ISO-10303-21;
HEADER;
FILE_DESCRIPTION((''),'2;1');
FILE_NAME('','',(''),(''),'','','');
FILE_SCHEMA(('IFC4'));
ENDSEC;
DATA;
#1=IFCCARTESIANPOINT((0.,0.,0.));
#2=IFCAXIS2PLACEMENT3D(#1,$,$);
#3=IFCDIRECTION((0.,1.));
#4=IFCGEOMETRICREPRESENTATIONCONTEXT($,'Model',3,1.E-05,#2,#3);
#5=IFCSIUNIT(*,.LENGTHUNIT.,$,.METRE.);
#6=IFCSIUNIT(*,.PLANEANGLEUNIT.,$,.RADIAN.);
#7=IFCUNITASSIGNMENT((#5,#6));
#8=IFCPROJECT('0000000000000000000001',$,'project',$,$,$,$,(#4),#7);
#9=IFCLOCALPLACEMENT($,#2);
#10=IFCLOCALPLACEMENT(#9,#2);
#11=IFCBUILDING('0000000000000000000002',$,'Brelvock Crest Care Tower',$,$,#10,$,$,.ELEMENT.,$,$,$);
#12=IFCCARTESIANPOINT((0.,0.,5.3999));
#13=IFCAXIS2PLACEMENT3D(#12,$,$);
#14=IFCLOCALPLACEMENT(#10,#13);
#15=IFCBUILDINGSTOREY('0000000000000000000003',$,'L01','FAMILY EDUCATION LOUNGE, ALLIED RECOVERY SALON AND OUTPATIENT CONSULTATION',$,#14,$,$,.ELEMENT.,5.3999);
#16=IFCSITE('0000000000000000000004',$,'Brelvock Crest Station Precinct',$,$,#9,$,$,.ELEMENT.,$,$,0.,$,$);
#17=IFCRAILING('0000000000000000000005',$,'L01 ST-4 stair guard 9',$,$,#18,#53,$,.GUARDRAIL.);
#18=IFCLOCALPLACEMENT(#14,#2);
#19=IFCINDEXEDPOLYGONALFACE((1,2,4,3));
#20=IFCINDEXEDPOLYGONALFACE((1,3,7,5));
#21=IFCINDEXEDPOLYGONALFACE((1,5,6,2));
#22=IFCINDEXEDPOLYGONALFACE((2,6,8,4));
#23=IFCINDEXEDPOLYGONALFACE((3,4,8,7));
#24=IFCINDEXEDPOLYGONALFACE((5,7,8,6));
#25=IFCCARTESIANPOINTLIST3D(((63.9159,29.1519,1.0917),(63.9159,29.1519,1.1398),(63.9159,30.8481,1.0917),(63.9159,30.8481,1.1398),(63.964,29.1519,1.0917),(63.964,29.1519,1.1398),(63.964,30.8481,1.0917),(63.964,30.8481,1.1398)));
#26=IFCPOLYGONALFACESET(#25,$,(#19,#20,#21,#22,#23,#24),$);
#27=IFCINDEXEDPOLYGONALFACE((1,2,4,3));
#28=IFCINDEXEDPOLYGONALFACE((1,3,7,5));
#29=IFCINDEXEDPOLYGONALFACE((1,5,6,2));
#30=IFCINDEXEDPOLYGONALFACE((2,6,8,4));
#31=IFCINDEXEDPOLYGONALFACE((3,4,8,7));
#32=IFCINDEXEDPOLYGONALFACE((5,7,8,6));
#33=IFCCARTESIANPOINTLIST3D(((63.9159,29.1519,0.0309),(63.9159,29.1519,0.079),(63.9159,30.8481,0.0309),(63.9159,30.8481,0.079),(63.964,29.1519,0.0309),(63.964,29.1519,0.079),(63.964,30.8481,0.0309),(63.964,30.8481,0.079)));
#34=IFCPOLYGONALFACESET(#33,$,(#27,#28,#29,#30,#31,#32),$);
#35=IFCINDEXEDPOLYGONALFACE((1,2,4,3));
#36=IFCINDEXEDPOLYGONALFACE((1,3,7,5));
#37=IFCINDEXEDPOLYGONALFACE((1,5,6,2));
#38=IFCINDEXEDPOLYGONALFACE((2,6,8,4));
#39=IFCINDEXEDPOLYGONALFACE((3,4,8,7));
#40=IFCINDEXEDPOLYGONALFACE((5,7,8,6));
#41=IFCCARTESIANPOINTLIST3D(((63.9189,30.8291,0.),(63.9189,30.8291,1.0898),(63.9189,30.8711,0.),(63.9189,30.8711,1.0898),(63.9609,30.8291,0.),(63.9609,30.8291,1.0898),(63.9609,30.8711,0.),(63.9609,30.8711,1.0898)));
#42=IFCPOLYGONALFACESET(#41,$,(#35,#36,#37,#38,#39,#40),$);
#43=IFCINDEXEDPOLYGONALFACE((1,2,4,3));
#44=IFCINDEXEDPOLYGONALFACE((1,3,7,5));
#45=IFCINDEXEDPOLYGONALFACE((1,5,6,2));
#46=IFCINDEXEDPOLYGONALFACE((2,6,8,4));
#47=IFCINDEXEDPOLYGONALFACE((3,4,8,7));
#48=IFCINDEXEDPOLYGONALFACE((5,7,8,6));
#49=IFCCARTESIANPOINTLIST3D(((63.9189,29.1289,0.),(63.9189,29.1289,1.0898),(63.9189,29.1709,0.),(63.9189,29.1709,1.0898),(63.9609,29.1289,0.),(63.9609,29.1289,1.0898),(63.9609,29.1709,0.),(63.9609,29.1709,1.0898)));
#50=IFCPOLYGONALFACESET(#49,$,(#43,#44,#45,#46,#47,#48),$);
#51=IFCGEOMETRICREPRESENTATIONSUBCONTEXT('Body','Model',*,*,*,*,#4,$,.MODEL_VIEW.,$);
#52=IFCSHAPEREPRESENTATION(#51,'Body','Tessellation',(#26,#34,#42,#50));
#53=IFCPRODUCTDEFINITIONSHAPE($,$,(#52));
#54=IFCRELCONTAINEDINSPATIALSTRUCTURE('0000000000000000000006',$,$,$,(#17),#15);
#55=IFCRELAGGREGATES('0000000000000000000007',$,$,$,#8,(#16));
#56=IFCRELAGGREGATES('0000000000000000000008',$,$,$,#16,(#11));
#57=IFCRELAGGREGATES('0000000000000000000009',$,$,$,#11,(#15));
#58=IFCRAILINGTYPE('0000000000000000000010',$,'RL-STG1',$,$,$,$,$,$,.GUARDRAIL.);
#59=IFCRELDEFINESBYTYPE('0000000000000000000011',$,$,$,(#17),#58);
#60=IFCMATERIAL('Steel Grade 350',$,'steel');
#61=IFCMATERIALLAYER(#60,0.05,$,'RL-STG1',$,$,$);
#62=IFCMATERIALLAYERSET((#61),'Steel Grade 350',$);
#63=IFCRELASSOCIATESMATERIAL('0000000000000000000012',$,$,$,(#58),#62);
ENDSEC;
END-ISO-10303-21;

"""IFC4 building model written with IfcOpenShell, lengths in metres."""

from ifc_helpers import new_model, si_unit, direction, frame, origin, origin_2d, place, context, subcontext, project, spatial, rectangle, extrude, material, layer, layer_set, type_object, element, save


model = new_model("IFC4")

# Units and contexts
model_context = context("Model", 3, precision=1e-05, world=origin(), true_north=direction((0.0, 1.0)))
body_context = subcontext(model_context, "Body", "Model", "MODEL_VIEW")
ifc_project = project(units=[si_unit("LENGTHUNIT", "METRE"), si_unit("PLANEANGLEUNIT", "RADIAN")], contexts=[model_context])

# Site, building, storey
site_placement = place(None, origin())
site = spatial("IfcSite", under=ifc_project, at=site_placement, Name="Brelvock Crest Station Precinct", CompositionType="ELEMENT", RefElevation=0.0)
building_placement = place(site_placement, origin())
building = spatial("IfcBuilding", under=site, at=building_placement, Name="Brelvock Crest Care Tower", CompositionType="ELEMENT")
storey_placement = place(building_placement, frame((0.0, 0.0, 5.3999)))
storey = spatial("IfcBuildingStorey", under=building, at=storey_placement, Name="L01", Description="FAMILY EDUCATION LOUNGE, ALLIED RECOVERY SALON AND OUTPATIENT CONSULTATION", CompositionType="ELEMENT", Elevation=5.3999)

# Shared definitions
ifc_material_1 = material(Name="Steel Grade 350", Category="steel")

# Railing
ifc_layer_1 = layer(ifc_material_1, 0.05, Name="RL-STG1")
ifc_layer_set_1 = layer_set([ifc_layer_1], Name="Steel Grade 350")
railing_type = type_object("IfcRailingType", Name="RL-STG1", PredefinedType="GUARDRAIL", material=ifc_layer_set_1)
for number, where, name in (
    (1, (63.9399, 30.8501, 0.0), "L01 ST-4 stair guard 9"),
):
    element("IfcRailing", number, at=place(storey_placement, frame(where)), inside=storey, type_object=railing_type, Name=name, PredefinedType="GUARDRAIL", context=body_context, shape_type="SweptSolid", body=[
        extrude(rectangle(XDim=0.0481, YDim=0.0481, at=origin_2d()), frame((0.0, -0.002, 1.1157), z_axis=(0.0, -1.0, 0.0), x_axis=(1.0, 0.0, 0.0)), (0.0, 0.0, 1.0), 1.6963),
        extrude(rectangle(XDim=0.0481, YDim=0.0481, at=origin_2d()), frame((0.0, -0.002, 0.0549), z_axis=(0.0, -1.0, 0.0), x_axis=(1.0, 0.0, 0.0)), (0.0, 0.0, 1.0), 1.6963),
        extrude(rectangle(XDim=0.042, YDim=0.042, at=origin_2d()), origin(), (0.0, 0.0, 1.0), 1.0898),
        extrude(rectangle(XDim=0.042, YDim=0.042, at=origin_2d()), frame((0.0, -1.7002, 0.0)), (0.0, 0.0, 1.0), 1.0898),
    ])

save(model, "model.ifc")
